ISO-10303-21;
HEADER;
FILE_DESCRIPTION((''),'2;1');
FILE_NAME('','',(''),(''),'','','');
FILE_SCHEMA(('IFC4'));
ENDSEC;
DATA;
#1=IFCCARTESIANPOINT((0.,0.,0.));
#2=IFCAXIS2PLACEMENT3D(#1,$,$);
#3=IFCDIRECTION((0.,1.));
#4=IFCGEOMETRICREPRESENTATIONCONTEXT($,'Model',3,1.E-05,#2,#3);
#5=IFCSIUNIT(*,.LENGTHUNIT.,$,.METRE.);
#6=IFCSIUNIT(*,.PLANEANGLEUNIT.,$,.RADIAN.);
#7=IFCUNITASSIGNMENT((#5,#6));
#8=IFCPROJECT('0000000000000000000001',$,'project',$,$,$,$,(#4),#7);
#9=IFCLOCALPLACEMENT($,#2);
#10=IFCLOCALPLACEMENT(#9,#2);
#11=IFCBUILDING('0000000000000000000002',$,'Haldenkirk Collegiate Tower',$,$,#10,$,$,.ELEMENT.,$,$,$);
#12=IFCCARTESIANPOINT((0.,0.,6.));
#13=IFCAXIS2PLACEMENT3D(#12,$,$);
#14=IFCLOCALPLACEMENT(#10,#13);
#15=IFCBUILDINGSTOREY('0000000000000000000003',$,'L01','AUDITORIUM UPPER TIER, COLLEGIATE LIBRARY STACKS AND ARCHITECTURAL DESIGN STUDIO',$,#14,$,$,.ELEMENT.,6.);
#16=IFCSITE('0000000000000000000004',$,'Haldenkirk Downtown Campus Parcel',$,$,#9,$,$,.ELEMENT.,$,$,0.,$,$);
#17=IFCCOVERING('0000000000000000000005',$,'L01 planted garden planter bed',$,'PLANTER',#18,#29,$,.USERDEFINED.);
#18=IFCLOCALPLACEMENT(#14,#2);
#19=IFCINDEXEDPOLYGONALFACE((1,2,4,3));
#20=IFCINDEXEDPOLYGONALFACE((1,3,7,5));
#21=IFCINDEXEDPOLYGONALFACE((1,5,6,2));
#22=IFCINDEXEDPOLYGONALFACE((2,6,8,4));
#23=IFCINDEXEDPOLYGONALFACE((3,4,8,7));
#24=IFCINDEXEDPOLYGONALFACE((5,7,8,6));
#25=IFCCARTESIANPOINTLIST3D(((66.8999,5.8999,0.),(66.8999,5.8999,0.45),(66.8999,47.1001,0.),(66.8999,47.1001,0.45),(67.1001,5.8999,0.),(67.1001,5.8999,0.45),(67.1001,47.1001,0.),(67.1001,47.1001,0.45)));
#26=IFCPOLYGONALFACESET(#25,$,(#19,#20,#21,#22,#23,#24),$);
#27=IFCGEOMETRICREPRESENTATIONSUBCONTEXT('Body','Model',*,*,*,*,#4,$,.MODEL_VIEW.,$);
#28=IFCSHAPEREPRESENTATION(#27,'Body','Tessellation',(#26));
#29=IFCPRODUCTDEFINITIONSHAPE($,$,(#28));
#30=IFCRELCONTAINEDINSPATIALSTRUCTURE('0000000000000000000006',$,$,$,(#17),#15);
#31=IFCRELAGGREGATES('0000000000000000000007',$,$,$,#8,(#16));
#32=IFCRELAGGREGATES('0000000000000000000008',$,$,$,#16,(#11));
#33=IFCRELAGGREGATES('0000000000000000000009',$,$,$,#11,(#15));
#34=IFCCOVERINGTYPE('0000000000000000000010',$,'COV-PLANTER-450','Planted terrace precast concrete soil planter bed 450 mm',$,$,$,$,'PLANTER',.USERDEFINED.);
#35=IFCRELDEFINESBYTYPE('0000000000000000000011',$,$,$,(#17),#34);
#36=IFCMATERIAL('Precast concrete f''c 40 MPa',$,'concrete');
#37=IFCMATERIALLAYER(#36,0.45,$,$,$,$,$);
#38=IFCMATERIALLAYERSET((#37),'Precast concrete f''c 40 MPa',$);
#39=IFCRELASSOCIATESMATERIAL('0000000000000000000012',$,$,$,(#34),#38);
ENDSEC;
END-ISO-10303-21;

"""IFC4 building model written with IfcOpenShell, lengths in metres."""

from ifc_helpers import new_model, si_unit, direction, frame, origin, place, context, subcontext, project, spatial, polyline, outline, extrude, material, layer, layer_set, type_object, element, save


model = new_model("IFC4")

# Units and contexts
model_context = context("Model", 3, precision=1e-05, world=origin(), true_north=direction((0.0, 1.0)))
body_context = subcontext(model_context, "Body", "Model", "MODEL_VIEW")
ifc_project = project(units=[si_unit("LENGTHUNIT", "METRE"), si_unit("PLANEANGLEUNIT", "RADIAN")], contexts=[model_context])

# Site, building, storey
site_placement = place(None, origin())
site = spatial("IfcSite", under=ifc_project, at=site_placement, Name="Haldenkirk Downtown Campus Parcel", CompositionType="ELEMENT", RefElevation=0.0)
building_placement = place(site_placement, origin())
building = spatial("IfcBuilding", under=site, at=building_placement, Name="Haldenkirk Collegiate Tower", CompositionType="ELEMENT")
storey_placement = place(building_placement, frame((0.0, 0.0, 6.0)))
storey = spatial("IfcBuildingStorey", under=building, at=storey_placement, Name="L01", Description="AUDITORIUM UPPER TIER, COLLEGIATE LIBRARY STACKS AND ARCHITECTURAL DESIGN STUDIO", CompositionType="ELEMENT", Elevation=6.0)

# Covering
ifc_material_1 = material(Name="Precast concrete f'c 40 MPa", Category="concrete")
ifc_layer_1 = layer(ifc_material_1, 0.45)
ifc_layer_set_1 = layer_set([ifc_layer_1], Name="Precast concrete f'c 40 MPa")
covering_type = type_object("IfcCoveringType", Name="COV-PLANTER-450", Description="Planted terrace precast concrete soil planter bed 450 mm", ElementType="PLANTER", PredefinedType="USERDEFINED", material=ifc_layer_set_1)
covering_1_placement = place(storey_placement, origin())
element("IfcCovering", 1, at=covering_1_placement, inside=storey, type_object=covering_type, Name="L01 planted garden planter bed", ObjectType="PLANTER", PredefinedType="USERDEFINED", context=body_context, shape_type="SweptSolid", body=[
    extrude(outline(polyline([(66.8999, 5.8999), (66.8999, 47.1001), (67.1001, 47.1001), (67.1001, 5.8999), (66.8999, 5.8999)])), origin(), (0.0, 0.0, 1.0), 0.45),
])

save(model, "model.ifc")
